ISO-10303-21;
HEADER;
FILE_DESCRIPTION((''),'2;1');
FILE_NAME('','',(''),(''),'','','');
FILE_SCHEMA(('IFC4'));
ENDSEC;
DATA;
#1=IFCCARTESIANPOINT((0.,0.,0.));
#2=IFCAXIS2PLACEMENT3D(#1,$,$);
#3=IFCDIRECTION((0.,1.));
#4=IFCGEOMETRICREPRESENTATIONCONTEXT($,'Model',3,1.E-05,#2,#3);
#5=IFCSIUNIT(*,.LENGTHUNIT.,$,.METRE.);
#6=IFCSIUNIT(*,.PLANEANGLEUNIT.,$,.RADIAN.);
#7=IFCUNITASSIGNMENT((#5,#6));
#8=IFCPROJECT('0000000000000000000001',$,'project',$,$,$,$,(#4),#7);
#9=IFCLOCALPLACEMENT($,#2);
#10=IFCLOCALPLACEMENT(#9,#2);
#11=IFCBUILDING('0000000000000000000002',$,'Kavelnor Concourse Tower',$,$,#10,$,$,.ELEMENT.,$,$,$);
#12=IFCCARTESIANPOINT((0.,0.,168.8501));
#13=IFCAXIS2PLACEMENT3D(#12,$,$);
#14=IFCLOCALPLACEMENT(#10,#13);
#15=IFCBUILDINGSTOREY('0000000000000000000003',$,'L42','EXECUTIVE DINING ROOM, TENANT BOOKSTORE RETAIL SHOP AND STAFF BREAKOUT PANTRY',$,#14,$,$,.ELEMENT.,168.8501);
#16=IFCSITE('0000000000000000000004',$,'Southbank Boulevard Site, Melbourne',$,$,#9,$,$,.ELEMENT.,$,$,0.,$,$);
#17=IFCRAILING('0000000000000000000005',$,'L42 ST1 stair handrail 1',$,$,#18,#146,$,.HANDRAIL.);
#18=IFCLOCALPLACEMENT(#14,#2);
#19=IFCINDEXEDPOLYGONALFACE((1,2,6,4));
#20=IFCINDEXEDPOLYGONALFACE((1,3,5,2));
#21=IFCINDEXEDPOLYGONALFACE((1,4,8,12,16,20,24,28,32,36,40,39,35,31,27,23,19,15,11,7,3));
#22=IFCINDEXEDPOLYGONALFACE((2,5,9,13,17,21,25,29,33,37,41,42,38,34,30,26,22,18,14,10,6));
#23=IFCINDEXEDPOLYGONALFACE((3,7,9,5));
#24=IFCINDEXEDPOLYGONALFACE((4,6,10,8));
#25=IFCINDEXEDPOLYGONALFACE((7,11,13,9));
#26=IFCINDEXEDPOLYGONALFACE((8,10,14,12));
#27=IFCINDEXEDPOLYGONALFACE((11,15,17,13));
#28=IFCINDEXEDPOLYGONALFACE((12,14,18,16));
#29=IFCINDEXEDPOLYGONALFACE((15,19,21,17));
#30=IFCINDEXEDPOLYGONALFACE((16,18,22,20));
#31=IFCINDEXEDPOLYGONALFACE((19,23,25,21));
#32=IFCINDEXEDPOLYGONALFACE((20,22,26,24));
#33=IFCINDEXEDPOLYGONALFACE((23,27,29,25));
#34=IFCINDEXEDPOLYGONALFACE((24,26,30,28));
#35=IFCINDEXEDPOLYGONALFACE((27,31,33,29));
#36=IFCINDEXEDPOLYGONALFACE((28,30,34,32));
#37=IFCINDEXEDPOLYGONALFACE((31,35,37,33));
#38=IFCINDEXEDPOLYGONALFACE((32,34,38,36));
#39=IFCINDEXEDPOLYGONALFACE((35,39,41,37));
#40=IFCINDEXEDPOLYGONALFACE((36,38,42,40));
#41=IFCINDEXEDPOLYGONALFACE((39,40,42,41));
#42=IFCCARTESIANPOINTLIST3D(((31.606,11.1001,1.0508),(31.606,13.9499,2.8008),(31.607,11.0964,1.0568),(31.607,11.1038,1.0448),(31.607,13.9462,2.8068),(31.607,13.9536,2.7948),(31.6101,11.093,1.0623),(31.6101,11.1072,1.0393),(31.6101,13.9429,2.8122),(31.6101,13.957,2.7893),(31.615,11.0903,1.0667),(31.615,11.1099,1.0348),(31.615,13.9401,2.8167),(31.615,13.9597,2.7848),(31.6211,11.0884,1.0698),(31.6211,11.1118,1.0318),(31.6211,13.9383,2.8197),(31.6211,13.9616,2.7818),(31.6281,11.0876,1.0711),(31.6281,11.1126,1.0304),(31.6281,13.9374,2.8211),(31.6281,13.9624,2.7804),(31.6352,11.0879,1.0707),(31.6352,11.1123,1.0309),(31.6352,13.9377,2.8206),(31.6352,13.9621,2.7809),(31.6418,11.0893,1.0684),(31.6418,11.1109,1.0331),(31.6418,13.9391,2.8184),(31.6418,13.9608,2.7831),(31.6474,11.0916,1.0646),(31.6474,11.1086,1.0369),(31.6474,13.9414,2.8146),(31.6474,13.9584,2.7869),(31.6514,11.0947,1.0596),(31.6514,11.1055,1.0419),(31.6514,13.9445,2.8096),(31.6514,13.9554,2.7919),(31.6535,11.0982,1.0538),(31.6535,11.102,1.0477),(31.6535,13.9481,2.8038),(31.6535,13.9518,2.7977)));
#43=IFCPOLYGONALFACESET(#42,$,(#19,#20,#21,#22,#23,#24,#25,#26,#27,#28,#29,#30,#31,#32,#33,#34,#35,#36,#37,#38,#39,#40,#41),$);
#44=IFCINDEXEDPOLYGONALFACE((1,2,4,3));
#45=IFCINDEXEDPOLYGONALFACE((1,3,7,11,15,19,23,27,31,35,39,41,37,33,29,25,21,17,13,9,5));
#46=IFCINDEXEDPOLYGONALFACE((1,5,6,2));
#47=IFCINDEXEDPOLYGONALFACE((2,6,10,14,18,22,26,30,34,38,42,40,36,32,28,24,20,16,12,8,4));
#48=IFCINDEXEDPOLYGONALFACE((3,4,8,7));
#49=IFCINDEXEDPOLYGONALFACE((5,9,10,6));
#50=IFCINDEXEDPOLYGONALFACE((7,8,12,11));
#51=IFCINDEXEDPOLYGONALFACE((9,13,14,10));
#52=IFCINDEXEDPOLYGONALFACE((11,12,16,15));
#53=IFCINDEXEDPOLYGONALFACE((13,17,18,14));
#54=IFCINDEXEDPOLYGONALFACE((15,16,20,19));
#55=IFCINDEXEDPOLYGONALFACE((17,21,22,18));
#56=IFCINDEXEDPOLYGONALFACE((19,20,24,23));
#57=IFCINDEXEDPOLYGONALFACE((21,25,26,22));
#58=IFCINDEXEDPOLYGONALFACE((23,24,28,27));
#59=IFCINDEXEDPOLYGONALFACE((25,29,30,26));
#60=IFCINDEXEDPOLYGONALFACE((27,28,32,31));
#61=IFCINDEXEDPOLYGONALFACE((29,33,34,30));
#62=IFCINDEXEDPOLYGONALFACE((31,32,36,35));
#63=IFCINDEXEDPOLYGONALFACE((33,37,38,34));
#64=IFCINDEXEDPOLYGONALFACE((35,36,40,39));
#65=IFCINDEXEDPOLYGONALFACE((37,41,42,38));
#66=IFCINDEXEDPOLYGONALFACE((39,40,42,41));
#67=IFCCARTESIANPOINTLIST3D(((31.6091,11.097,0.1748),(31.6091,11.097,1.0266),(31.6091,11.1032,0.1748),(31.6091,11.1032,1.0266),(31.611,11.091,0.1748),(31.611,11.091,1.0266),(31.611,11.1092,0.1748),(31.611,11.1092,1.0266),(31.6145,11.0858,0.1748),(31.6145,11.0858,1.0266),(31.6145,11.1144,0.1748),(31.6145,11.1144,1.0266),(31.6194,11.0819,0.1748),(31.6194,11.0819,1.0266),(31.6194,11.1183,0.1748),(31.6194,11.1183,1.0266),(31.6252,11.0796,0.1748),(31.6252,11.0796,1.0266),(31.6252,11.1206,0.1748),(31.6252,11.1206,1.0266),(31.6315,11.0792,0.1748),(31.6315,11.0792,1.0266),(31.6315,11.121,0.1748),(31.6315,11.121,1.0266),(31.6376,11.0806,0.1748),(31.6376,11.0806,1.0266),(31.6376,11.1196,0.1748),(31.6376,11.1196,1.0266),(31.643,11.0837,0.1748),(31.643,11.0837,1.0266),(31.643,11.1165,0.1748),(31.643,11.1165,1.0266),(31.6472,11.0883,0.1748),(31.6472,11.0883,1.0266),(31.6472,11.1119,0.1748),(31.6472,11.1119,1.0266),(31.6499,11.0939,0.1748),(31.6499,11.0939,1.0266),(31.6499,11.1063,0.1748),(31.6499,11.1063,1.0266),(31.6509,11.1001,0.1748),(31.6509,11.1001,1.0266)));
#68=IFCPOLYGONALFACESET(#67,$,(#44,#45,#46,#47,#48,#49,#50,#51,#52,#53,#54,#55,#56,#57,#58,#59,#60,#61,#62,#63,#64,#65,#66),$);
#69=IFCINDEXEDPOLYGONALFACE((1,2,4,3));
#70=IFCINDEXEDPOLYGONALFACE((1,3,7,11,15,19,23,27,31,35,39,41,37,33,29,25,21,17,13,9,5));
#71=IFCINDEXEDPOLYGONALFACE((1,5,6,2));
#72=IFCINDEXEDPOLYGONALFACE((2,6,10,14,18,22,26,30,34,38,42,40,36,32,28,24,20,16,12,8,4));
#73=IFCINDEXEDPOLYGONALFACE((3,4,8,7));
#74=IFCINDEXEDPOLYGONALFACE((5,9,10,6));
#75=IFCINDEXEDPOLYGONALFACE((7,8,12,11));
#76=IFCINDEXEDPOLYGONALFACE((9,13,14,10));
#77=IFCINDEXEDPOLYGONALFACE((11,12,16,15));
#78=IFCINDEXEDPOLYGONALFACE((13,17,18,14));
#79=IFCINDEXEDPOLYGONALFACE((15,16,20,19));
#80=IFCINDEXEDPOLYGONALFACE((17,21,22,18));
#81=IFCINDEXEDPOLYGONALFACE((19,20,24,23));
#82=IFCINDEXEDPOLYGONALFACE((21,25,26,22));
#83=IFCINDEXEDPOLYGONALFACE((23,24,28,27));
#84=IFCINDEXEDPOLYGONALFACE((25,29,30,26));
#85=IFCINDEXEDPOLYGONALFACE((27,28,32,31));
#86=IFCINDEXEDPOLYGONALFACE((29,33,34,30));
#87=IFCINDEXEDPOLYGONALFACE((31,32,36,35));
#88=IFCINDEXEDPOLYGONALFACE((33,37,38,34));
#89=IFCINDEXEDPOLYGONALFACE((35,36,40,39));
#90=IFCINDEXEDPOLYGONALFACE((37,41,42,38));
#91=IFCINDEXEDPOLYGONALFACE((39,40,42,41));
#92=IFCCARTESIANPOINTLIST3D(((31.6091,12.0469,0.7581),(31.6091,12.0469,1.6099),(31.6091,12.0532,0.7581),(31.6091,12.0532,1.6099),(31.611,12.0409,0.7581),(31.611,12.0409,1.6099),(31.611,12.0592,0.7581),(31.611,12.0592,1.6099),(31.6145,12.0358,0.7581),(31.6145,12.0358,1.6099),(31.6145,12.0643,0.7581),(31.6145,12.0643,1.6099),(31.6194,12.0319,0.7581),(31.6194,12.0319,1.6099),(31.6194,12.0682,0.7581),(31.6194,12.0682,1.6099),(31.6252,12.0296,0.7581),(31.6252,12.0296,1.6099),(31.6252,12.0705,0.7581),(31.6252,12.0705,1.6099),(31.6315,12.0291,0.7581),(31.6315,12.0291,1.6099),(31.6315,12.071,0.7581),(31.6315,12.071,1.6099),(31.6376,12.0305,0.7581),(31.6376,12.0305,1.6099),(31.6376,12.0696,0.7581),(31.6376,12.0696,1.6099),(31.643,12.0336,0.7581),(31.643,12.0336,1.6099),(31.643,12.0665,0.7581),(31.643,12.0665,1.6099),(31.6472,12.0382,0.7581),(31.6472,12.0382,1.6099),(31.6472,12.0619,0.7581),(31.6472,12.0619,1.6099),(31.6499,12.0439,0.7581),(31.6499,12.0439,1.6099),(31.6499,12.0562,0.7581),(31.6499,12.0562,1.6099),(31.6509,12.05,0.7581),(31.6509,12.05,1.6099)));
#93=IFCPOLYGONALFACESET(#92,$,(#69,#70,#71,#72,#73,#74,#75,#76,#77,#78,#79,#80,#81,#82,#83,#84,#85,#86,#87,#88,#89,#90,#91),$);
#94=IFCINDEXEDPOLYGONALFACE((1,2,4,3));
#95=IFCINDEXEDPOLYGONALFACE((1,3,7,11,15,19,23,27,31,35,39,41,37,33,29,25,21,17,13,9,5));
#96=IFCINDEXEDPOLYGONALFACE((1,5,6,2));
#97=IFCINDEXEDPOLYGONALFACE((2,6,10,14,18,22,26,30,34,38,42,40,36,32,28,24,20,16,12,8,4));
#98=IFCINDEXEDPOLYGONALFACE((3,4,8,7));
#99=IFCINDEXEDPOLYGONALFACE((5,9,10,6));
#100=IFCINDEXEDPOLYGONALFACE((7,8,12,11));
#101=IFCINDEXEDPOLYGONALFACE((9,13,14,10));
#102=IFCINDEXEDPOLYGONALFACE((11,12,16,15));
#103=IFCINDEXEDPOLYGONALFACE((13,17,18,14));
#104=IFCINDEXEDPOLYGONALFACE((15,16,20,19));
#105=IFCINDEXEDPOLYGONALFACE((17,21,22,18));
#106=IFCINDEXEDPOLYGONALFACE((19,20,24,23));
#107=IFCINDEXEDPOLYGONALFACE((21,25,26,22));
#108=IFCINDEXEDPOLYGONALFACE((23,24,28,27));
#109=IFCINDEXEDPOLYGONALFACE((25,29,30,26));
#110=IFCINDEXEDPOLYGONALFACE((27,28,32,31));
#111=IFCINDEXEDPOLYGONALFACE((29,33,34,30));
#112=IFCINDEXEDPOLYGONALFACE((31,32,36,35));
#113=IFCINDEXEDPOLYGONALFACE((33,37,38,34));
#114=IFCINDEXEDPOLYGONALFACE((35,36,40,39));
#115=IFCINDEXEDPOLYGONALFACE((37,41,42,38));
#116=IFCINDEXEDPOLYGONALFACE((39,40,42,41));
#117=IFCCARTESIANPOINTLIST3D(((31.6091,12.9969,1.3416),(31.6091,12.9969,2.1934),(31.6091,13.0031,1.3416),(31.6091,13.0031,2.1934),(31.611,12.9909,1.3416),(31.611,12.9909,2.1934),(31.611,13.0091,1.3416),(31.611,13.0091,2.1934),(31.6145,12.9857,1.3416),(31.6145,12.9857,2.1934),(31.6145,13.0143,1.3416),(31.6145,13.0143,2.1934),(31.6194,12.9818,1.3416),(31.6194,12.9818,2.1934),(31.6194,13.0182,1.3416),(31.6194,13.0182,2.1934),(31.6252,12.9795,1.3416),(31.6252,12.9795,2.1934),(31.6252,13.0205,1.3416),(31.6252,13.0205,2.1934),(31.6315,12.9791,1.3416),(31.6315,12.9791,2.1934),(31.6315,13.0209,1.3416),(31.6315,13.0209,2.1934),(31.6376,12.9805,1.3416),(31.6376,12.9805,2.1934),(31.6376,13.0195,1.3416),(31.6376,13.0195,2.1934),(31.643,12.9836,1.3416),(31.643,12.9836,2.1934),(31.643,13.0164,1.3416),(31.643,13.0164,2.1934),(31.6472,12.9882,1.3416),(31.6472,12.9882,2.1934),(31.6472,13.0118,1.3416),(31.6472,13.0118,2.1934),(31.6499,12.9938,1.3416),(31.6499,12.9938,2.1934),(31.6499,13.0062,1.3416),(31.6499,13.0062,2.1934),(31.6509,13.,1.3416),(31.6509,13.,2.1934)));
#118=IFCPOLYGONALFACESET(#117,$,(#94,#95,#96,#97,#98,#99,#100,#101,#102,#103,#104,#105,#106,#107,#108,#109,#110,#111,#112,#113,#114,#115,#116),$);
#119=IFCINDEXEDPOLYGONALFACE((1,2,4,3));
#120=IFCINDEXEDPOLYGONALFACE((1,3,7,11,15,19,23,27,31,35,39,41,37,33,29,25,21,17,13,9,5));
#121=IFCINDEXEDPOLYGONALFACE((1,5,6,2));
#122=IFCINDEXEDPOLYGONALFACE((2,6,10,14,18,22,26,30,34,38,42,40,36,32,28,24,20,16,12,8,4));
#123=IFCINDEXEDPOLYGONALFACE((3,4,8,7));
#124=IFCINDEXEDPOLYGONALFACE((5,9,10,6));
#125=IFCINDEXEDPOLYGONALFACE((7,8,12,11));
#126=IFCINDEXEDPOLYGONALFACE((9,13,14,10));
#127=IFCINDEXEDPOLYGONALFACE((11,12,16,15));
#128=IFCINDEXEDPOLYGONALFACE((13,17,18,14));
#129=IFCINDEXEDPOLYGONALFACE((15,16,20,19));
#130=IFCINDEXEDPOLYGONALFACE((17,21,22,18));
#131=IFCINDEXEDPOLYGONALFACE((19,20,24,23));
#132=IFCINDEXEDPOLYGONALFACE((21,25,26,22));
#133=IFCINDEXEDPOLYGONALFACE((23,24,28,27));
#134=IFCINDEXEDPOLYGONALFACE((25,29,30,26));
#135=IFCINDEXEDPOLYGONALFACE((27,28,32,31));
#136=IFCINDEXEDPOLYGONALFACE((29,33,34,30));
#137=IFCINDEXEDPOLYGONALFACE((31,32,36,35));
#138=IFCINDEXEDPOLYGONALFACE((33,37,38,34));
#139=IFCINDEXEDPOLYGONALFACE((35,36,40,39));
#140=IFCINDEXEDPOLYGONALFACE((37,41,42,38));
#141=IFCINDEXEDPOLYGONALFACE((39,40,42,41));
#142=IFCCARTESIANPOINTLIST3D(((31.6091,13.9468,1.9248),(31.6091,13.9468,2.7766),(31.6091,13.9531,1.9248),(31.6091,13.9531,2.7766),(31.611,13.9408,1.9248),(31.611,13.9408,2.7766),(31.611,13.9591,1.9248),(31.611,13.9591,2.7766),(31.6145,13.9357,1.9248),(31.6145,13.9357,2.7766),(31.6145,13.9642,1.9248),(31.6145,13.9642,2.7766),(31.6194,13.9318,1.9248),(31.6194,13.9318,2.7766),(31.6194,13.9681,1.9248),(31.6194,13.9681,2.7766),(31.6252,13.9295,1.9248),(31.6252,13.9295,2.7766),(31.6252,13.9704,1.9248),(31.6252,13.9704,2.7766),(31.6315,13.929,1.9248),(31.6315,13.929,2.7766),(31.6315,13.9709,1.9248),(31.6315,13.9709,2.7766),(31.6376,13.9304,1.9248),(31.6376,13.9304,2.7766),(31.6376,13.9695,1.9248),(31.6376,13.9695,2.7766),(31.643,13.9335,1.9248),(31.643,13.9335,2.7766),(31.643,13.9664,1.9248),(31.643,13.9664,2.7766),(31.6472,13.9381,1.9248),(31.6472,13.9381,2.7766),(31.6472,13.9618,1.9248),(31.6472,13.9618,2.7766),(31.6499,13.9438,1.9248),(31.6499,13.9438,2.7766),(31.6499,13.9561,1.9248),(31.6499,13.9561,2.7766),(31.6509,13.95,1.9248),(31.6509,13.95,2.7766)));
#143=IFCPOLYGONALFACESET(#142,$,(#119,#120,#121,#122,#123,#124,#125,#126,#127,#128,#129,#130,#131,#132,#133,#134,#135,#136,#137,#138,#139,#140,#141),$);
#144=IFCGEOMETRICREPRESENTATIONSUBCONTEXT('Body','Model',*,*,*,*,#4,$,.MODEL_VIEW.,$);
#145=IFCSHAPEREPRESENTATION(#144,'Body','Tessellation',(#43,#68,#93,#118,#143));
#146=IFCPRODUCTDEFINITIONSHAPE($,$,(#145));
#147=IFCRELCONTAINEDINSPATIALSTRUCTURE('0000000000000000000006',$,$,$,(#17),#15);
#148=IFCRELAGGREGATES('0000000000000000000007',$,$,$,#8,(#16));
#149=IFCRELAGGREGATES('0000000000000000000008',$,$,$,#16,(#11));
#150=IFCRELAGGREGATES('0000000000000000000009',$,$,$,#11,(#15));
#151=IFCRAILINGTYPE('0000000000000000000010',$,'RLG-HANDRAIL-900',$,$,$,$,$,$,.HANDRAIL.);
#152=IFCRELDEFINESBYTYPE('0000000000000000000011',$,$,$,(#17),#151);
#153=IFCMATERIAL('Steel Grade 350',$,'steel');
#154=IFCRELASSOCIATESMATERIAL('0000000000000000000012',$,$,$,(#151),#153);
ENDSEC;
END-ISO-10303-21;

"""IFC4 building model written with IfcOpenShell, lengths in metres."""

from ifc_helpers import new_model, si_unit, direction, frame, origin, origin_2d, place, context, subcontext, project, spatial, circle, extrude, material, type_object, element, save


model = new_model("IFC4")

# Units and contexts
model_context = context("Model", 3, precision=1e-05, world=origin(), true_north=direction((0.0, 1.0)))
body_context = subcontext(model_context, "Body", "Model", "MODEL_VIEW")
ifc_project = project(units=[si_unit("LENGTHUNIT", "METRE"), si_unit("PLANEANGLEUNIT", "RADIAN")], contexts=[model_context])

# Site, building, storey
site_placement = place(None, origin())
site = spatial("IfcSite", under=ifc_project, at=site_placement, Name="Southbank Boulevard Site, Melbourne", CompositionType="ELEMENT", RefElevation=0.0)
building_placement = place(site_placement, origin())
building = spatial("IfcBuilding", under=site, at=building_placement, Name="Kavelnor Concourse Tower", CompositionType="ELEMENT")
storey_placement = place(building_placement, frame((0.0, 0.0, 168.8501)))
storey = spatial("IfcBuildingStorey", under=building, at=storey_placement, Name="L42", Description="EXECUTIVE DINING ROOM, TENANT BOOKSTORE RETAIL SHOP AND STAFF BREAKOUT PANTRY", CompositionType="ELEMENT", Elevation=168.8501)

# Shared definitions
ifc_material_1 = material(Name="Steel Grade 350", Category="steel")

# Railing
railing_type_1 = type_object("IfcRailingType", Name="RLG-HANDRAIL-900", PredefinedType="HANDRAIL", material=ifc_material_1)
railing_1_placement = place(storey_placement, frame((31.6299, 11.1001, 0.1748)))
element("IfcRailing", 1, at=railing_1_placement, inside=storey, type_object=railing_type_1, Name="L42 ST1 stair handrail 1", PredefinedType="HANDRAIL", context=body_context, shape_type="SweptSolid", body=[
    extrude(circle(Radius=0.0239, at=origin_2d()), frame((0.0, 0.0, 0.876), z_axis=(0.0, 0.852159, 0.523283), x_axis=(-1.0, 0.0, 0.0)), (0.0, 0.0, 1.0), 3.3442),
    extrude(circle(Radius=0.021, at=origin_2d()), origin(), (0.0, 0.0, 1.0), 0.8518),
    extrude(circle(Radius=0.021, at=origin_2d()), frame((0.0, 0.95, 0.5833)), (0.0, 0.0, 1.0), 0.8518),
    extrude(circle(Radius=0.021, at=origin_2d()), frame((0.0, 1.8999, 1.1667)), (0.0, 0.0, 1.0), 0.8518),
    extrude(circle(Radius=0.021, at=origin_2d()), frame((0.0, 2.8499, 1.75)), (0.0, 0.0, 1.0), 0.8518),
])

save(model, "model.ifc")
